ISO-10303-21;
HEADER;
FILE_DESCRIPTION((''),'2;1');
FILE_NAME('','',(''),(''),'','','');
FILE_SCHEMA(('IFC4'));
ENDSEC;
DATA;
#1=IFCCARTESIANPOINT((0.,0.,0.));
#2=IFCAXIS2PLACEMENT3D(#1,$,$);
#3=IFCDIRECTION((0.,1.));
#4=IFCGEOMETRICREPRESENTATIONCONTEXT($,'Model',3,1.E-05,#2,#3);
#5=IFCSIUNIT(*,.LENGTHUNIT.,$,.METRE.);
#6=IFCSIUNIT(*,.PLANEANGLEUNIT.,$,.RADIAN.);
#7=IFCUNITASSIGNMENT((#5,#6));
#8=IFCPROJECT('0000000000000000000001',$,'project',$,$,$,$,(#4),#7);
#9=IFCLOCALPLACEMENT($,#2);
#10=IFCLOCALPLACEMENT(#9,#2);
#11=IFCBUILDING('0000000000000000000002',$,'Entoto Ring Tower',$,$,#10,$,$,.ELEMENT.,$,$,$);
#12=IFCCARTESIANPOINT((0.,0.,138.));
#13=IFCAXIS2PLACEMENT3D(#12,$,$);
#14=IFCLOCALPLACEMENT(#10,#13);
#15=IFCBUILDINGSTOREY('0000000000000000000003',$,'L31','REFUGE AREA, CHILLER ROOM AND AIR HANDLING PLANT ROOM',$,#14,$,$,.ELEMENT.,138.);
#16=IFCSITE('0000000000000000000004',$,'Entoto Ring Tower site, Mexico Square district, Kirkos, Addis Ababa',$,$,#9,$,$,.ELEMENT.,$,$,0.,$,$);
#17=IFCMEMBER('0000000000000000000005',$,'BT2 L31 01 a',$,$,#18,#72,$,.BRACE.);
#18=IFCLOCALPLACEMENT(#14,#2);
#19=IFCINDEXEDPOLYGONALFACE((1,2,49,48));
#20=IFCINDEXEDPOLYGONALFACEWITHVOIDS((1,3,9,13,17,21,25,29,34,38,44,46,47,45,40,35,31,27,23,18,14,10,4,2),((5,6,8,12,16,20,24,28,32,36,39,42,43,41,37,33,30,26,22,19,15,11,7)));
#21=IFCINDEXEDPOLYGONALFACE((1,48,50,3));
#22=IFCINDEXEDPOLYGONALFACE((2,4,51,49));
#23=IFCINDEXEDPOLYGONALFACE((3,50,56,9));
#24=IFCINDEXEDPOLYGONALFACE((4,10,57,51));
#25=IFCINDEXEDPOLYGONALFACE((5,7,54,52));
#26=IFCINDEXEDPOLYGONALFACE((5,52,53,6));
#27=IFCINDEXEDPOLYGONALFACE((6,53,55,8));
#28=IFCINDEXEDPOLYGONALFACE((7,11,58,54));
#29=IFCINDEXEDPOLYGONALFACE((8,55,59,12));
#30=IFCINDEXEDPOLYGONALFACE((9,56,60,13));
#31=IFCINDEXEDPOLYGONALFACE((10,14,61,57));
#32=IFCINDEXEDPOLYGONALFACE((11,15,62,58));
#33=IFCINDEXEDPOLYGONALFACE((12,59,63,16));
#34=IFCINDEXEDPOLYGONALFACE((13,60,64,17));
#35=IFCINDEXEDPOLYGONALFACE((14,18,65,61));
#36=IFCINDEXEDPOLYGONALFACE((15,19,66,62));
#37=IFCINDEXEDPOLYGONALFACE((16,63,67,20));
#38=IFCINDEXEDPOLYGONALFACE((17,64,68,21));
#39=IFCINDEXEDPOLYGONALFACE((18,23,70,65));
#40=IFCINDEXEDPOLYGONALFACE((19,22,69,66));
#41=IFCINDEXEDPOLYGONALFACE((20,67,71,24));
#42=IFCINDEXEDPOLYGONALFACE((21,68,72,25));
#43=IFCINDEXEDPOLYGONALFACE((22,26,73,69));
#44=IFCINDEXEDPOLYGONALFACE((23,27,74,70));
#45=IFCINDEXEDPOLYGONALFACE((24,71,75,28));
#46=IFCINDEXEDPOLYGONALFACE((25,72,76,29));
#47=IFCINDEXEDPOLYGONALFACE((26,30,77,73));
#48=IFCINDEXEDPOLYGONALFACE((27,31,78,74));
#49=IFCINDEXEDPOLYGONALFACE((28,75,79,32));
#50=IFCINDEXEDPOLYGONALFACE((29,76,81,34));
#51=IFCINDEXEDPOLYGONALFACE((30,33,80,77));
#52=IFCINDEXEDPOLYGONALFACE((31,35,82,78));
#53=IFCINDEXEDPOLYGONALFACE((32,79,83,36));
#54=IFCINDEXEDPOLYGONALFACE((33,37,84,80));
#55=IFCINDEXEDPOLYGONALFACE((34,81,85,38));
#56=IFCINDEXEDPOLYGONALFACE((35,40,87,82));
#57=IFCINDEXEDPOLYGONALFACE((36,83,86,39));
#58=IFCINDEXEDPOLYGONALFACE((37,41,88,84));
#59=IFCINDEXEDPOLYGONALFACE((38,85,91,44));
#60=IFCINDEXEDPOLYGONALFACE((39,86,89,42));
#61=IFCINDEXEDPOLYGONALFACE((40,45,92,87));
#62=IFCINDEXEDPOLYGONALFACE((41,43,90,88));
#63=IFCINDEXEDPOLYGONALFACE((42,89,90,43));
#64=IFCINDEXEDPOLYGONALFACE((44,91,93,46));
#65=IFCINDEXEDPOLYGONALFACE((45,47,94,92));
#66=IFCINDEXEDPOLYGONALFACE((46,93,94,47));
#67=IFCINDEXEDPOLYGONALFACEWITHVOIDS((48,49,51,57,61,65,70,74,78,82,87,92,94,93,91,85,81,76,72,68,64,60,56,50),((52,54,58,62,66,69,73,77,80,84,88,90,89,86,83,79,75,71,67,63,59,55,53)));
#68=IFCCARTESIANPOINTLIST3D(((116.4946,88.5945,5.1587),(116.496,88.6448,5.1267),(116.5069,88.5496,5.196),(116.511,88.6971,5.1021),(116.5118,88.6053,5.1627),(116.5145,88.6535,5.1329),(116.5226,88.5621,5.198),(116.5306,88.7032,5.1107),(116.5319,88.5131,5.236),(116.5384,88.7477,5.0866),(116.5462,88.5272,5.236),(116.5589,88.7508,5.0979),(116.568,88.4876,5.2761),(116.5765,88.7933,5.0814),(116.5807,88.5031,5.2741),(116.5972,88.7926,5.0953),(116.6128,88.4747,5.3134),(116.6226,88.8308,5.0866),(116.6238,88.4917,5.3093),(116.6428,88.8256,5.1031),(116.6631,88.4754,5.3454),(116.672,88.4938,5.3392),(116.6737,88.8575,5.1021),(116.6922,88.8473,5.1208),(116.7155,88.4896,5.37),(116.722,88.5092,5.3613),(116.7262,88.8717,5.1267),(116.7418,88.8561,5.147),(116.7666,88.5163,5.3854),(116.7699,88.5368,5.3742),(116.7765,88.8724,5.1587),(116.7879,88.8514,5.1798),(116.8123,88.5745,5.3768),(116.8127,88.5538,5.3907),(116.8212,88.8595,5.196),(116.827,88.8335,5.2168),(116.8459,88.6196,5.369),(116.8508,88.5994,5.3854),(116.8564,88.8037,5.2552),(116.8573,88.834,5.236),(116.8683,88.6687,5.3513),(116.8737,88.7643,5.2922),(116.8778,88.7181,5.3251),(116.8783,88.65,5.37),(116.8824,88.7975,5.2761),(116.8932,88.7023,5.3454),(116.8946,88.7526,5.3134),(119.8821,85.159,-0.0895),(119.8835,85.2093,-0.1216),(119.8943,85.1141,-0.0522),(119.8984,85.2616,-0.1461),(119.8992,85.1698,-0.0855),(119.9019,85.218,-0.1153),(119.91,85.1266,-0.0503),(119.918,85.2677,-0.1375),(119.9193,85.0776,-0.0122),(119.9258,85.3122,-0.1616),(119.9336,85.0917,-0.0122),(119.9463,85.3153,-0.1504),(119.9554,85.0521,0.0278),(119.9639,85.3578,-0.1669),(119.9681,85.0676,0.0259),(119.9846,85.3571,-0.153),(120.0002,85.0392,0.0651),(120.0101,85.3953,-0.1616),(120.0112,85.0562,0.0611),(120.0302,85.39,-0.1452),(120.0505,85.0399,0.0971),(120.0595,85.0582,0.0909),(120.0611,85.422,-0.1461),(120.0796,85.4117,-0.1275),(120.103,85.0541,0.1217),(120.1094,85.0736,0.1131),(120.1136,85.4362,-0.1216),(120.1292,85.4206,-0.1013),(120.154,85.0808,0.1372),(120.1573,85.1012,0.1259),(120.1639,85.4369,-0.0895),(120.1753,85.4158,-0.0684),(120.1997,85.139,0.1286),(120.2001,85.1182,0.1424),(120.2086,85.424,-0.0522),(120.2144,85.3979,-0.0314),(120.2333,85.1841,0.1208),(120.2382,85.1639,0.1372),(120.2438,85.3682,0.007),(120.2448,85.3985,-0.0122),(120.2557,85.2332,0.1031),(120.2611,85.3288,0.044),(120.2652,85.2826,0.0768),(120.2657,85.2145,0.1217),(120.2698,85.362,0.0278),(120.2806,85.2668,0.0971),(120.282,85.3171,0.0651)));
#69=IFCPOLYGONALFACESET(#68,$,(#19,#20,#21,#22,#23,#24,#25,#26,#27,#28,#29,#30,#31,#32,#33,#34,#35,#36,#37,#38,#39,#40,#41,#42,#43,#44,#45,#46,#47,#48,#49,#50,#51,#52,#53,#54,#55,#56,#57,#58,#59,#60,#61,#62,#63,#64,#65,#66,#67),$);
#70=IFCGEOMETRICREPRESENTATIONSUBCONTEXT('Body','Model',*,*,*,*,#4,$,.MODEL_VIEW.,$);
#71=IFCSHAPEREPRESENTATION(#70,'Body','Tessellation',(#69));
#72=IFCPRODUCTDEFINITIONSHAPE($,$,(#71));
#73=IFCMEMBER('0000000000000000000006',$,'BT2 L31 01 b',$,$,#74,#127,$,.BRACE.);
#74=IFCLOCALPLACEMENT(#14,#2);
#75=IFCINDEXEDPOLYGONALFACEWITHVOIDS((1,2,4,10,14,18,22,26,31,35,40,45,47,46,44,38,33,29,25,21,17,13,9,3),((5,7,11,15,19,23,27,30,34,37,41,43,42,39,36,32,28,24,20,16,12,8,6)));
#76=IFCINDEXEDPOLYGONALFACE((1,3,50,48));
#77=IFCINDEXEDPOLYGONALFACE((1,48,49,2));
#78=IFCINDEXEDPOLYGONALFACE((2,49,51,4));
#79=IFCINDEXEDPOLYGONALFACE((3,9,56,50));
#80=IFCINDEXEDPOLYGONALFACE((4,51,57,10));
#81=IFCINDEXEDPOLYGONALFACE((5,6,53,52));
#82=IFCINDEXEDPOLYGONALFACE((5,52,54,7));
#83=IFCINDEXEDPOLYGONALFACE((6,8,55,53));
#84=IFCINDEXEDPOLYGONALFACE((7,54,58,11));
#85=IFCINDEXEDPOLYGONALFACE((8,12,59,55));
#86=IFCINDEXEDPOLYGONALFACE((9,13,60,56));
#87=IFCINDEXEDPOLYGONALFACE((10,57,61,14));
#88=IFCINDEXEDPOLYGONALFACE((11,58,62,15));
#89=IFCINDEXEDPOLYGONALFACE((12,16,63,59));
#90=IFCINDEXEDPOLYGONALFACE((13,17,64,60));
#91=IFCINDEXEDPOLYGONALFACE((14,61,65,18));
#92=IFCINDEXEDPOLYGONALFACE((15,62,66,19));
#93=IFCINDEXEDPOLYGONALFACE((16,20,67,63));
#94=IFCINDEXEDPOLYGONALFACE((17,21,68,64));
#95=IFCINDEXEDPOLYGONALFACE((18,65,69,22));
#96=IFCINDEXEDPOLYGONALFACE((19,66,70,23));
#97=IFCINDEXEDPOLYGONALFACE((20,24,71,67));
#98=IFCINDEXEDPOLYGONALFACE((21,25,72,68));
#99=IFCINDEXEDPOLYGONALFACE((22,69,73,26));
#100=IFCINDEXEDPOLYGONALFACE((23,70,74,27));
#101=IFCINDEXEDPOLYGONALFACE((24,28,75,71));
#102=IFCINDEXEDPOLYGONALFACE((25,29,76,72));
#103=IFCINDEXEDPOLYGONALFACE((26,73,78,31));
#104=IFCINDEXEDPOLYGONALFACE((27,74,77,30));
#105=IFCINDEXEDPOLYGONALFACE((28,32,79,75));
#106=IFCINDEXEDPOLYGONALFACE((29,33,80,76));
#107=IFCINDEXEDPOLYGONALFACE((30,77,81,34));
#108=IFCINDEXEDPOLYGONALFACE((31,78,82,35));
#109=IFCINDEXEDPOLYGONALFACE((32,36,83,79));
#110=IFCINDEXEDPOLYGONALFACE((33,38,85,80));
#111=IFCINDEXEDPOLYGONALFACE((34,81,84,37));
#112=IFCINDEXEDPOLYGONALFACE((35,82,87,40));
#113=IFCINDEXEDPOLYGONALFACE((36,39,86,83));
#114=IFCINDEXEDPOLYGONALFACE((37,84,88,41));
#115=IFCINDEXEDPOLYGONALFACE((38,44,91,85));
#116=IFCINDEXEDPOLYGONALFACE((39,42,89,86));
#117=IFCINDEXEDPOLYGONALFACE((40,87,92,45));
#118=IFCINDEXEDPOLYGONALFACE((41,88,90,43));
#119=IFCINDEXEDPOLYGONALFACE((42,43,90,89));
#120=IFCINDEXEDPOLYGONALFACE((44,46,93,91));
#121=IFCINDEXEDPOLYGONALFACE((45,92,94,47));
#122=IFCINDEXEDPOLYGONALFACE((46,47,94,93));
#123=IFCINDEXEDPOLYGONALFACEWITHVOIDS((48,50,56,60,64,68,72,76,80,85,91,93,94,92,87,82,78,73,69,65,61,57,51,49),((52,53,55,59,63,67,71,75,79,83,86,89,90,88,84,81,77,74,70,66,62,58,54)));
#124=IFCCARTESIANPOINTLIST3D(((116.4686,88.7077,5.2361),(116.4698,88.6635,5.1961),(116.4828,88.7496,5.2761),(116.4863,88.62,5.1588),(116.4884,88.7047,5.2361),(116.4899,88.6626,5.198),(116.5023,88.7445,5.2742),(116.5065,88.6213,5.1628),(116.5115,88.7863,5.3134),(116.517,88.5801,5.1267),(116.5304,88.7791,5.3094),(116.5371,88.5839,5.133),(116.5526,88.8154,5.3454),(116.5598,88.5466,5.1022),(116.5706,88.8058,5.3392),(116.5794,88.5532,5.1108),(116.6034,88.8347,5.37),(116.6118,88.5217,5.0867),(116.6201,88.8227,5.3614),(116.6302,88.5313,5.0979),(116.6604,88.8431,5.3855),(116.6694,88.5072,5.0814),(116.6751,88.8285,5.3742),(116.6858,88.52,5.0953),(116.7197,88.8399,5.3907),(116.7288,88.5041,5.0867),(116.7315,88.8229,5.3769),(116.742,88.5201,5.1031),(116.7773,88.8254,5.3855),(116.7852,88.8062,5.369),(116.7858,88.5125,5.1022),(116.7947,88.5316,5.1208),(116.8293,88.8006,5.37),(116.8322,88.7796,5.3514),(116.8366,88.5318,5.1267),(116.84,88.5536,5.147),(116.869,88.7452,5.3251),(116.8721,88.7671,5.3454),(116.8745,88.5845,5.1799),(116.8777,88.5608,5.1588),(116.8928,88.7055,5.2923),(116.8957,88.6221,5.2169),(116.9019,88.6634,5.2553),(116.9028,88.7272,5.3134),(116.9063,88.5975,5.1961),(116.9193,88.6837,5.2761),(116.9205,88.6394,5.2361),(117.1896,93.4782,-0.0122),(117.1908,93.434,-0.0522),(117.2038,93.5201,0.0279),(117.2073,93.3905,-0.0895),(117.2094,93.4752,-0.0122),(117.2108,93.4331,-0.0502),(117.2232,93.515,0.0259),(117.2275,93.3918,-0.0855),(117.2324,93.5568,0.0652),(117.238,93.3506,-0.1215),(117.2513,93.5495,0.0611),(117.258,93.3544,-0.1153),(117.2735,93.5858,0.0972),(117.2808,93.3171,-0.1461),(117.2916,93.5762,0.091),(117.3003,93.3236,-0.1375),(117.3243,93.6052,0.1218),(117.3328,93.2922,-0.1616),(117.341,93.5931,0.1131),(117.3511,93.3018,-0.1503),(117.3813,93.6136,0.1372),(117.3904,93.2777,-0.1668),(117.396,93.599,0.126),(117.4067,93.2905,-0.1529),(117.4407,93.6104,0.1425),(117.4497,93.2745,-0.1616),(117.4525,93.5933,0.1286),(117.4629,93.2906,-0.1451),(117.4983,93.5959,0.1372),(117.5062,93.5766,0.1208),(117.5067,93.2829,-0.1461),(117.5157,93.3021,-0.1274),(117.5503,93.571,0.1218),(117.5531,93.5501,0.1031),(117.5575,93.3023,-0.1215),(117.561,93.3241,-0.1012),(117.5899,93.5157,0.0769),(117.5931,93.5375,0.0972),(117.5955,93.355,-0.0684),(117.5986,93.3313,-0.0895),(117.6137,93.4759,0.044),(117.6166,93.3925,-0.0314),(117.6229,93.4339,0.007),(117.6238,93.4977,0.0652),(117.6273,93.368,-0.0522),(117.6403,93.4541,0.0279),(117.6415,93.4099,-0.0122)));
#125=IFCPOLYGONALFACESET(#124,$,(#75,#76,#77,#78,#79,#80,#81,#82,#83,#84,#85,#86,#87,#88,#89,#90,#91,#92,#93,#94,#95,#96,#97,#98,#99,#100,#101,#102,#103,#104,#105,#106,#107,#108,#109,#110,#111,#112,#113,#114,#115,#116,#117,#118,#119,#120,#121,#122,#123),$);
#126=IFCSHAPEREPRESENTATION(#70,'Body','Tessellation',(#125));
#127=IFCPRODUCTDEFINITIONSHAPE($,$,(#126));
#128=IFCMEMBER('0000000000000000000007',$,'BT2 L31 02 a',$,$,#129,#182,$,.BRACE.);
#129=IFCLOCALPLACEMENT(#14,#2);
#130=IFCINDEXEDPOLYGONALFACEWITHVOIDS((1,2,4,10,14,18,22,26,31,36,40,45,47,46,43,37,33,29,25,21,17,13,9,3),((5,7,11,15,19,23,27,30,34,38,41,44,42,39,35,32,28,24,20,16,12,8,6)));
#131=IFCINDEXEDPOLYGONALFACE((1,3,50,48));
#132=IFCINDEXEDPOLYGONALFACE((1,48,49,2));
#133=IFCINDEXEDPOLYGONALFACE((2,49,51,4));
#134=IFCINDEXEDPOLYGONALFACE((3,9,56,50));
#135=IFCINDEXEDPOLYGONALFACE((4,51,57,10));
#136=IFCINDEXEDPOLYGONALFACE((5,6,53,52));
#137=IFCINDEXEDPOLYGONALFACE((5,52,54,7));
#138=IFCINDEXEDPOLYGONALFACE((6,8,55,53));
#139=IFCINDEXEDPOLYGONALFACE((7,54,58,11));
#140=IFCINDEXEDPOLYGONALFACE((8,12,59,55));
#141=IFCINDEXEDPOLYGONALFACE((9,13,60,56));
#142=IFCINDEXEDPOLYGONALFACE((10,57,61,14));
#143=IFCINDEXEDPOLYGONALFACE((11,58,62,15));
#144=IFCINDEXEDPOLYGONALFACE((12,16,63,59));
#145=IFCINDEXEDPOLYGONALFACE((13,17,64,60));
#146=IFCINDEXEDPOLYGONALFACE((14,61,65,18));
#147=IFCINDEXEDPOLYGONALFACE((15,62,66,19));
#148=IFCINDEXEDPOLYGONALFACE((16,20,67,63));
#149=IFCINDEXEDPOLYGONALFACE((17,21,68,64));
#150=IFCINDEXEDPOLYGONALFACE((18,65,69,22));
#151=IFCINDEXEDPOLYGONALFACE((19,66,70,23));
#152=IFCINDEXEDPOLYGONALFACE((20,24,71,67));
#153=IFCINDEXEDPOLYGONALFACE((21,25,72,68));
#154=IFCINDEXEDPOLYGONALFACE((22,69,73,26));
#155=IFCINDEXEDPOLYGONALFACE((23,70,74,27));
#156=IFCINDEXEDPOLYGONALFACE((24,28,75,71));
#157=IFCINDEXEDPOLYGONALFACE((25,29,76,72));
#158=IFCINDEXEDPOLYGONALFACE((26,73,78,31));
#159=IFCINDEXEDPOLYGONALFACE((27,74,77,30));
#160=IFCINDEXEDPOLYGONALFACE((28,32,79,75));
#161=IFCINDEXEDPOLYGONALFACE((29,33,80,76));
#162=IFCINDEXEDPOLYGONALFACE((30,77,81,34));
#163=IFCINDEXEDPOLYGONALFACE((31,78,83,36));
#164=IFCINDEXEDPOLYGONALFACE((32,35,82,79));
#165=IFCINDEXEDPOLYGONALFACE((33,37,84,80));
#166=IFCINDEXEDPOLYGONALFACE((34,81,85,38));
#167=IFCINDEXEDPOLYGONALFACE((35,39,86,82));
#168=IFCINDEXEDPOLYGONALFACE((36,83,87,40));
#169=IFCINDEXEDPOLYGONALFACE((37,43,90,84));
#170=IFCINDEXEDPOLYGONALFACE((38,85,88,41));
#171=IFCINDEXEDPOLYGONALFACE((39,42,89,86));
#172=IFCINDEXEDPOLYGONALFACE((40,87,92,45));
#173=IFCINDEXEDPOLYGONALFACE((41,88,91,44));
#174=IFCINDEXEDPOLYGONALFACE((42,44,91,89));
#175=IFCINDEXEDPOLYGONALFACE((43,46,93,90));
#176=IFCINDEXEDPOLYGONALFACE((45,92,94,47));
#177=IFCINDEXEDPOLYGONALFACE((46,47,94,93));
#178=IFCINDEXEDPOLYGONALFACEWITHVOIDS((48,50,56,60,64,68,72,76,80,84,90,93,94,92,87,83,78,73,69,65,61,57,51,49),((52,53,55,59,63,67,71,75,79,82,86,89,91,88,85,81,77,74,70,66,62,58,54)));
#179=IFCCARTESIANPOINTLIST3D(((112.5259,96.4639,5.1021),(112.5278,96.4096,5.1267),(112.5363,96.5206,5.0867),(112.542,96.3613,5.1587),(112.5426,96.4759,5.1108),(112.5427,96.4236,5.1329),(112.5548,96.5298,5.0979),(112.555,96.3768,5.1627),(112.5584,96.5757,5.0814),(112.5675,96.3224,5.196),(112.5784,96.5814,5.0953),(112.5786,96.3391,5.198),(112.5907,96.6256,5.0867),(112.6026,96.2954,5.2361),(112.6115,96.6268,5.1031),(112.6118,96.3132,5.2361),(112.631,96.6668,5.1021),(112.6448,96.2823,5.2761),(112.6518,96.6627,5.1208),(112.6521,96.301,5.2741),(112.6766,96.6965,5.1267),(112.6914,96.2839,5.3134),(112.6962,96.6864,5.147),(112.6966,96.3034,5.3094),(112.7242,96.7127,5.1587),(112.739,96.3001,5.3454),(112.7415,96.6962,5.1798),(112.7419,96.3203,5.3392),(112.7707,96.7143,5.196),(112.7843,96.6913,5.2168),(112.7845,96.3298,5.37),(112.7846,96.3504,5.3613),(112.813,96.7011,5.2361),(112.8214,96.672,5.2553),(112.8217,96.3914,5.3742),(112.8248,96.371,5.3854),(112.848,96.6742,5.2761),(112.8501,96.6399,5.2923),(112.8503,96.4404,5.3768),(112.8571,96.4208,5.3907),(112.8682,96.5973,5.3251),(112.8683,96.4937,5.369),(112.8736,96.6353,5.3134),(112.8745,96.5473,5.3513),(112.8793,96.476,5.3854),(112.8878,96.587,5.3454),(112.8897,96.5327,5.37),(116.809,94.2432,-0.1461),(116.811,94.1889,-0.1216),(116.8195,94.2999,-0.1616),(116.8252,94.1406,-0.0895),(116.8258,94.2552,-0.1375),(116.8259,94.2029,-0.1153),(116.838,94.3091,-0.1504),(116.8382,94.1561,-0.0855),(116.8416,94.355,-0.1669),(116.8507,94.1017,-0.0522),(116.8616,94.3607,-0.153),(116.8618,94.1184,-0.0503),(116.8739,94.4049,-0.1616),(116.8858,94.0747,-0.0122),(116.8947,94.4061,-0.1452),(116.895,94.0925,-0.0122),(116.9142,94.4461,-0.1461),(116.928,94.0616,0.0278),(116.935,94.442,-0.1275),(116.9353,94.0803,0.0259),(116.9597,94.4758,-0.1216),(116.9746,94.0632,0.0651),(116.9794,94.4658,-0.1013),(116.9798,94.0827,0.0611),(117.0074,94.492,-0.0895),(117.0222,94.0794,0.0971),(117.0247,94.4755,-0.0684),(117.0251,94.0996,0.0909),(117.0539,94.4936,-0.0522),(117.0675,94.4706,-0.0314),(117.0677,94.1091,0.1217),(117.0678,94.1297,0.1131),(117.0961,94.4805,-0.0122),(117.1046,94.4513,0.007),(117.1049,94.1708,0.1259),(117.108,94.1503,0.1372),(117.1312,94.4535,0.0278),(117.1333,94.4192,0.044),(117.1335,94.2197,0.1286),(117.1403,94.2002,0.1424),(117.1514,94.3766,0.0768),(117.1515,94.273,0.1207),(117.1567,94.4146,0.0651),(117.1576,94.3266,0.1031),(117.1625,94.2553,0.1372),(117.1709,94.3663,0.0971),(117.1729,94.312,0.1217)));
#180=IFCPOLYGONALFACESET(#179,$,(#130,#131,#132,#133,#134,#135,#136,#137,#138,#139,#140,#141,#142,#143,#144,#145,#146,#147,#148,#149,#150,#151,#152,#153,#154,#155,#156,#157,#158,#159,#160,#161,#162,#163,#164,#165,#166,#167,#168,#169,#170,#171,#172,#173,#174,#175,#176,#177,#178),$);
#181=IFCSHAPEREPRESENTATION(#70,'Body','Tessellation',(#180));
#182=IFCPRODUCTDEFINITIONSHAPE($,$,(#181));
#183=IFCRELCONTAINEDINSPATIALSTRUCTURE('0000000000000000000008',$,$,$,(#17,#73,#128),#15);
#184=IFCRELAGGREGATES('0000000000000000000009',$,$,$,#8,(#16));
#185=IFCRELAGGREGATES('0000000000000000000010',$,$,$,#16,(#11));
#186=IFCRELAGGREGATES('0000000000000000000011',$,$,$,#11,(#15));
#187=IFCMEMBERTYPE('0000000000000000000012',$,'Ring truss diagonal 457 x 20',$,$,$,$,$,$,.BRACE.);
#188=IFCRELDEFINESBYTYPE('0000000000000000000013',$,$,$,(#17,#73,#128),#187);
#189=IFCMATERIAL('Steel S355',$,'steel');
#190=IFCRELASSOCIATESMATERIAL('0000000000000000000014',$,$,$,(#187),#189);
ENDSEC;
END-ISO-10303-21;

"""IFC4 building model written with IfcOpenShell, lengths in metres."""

from ifc_helpers import new_model, si_unit, direction, frame, origin, origin_2d, place, context, subcontext, project, spatial, circle, hollow_circle, extrude, material, material_profile, profile_set, type_object, element, save


model = new_model("IFC4")

# Units and contexts
model_context = context("Model", 3, precision=1e-05, world=origin(), true_north=direction((0.0, 1.0)))
body_context = subcontext(model_context, "Body", "Model", "MODEL_VIEW")
ifc_project = project(units=[si_unit("LENGTHUNIT", "METRE"), si_unit("PLANEANGLEUNIT", "RADIAN")], contexts=[model_context])

# Site, building, storey
site_placement = place(None, origin())
site = spatial("IfcSite", under=ifc_project, at=site_placement, Name="Entoto Ring Tower site, Mexico Square district, Kirkos, Addis Ababa", CompositionType="ELEMENT", RefElevation=0.0)
building_placement = place(site_placement, origin())
building = spatial("IfcBuilding", under=site, at=building_placement, Name="Entoto Ring Tower", CompositionType="ELEMENT")
storey_placement = place(building_placement, frame((0.0, 0.0, 138.0)))
storey = spatial("IfcBuildingStorey", under=building, at=storey_placement, Name="L31", Description="REFUGE AREA, CHILLER ROOM AND AIR HANDLING PLANT ROOM", CompositionType="ELEMENT", Elevation=138.0)

# Members
ifc_material_1 = material(Name="Steel S355", Category="steel")
ifc_material_profile_1 = material_profile(ifc_material_1, hollow_circle(Radius=0.2285, WallThickness=0.02, at=origin_2d()), Name="CHS 457 x 20")
ifc_material_2 = material(Name="Concrete C60/75", Category="concrete")
ifc_material_profile_2 = material_profile(ifc_material_2, circle(Radius=0.2085, at=origin_2d()), Name="Concrete C60/75 infill")
ifc_profile_set_1 = profile_set([ifc_material_profile_1, ifc_material_profile_2], Name="Steel S355")
member_type_1 = type_object("IfcMemberType", Name="Ring truss diagonal 457 x 20", PredefinedType="BRACE", material=ifc_profile_set_1)
for number, where, z_axis, x_axis, name in (
    (1, (120.082, 85.238, -0.0122), (-0.475166, 0.481913, 0.736191), (-0.712074, -0.702105, 0.0), "BT2 L31 01 a"),
    (2, (116.6946, 88.6736, 5.2361), (0.101129, 0.669173, -0.736193), (-0.988772, 0.149429, 0.0), "BT2 L31 01 b"),
    (3, (116.991, 94.2776, -0.0122), (-0.600818, 0.311505, 0.736194), (-0.460282, -0.887773, 0.0), "BT2 L31 02 a"),
):
    element("IfcMember", number, at=place(storey_placement, frame(where, z_axis=z_axis, x_axis=x_axis)), inside=storey, type_object=member_type_1, Name=name, PredefinedType="BRACE", context=body_context, shape_type="SweptSolid", body=[
        extrude(hollow_circle(Radius=0.2285, WallThickness=0.02, at=origin_2d()), origin(), (0.0, 0.0, 1.0), 7.1289),
    ])

save(model, "model.ifc")
